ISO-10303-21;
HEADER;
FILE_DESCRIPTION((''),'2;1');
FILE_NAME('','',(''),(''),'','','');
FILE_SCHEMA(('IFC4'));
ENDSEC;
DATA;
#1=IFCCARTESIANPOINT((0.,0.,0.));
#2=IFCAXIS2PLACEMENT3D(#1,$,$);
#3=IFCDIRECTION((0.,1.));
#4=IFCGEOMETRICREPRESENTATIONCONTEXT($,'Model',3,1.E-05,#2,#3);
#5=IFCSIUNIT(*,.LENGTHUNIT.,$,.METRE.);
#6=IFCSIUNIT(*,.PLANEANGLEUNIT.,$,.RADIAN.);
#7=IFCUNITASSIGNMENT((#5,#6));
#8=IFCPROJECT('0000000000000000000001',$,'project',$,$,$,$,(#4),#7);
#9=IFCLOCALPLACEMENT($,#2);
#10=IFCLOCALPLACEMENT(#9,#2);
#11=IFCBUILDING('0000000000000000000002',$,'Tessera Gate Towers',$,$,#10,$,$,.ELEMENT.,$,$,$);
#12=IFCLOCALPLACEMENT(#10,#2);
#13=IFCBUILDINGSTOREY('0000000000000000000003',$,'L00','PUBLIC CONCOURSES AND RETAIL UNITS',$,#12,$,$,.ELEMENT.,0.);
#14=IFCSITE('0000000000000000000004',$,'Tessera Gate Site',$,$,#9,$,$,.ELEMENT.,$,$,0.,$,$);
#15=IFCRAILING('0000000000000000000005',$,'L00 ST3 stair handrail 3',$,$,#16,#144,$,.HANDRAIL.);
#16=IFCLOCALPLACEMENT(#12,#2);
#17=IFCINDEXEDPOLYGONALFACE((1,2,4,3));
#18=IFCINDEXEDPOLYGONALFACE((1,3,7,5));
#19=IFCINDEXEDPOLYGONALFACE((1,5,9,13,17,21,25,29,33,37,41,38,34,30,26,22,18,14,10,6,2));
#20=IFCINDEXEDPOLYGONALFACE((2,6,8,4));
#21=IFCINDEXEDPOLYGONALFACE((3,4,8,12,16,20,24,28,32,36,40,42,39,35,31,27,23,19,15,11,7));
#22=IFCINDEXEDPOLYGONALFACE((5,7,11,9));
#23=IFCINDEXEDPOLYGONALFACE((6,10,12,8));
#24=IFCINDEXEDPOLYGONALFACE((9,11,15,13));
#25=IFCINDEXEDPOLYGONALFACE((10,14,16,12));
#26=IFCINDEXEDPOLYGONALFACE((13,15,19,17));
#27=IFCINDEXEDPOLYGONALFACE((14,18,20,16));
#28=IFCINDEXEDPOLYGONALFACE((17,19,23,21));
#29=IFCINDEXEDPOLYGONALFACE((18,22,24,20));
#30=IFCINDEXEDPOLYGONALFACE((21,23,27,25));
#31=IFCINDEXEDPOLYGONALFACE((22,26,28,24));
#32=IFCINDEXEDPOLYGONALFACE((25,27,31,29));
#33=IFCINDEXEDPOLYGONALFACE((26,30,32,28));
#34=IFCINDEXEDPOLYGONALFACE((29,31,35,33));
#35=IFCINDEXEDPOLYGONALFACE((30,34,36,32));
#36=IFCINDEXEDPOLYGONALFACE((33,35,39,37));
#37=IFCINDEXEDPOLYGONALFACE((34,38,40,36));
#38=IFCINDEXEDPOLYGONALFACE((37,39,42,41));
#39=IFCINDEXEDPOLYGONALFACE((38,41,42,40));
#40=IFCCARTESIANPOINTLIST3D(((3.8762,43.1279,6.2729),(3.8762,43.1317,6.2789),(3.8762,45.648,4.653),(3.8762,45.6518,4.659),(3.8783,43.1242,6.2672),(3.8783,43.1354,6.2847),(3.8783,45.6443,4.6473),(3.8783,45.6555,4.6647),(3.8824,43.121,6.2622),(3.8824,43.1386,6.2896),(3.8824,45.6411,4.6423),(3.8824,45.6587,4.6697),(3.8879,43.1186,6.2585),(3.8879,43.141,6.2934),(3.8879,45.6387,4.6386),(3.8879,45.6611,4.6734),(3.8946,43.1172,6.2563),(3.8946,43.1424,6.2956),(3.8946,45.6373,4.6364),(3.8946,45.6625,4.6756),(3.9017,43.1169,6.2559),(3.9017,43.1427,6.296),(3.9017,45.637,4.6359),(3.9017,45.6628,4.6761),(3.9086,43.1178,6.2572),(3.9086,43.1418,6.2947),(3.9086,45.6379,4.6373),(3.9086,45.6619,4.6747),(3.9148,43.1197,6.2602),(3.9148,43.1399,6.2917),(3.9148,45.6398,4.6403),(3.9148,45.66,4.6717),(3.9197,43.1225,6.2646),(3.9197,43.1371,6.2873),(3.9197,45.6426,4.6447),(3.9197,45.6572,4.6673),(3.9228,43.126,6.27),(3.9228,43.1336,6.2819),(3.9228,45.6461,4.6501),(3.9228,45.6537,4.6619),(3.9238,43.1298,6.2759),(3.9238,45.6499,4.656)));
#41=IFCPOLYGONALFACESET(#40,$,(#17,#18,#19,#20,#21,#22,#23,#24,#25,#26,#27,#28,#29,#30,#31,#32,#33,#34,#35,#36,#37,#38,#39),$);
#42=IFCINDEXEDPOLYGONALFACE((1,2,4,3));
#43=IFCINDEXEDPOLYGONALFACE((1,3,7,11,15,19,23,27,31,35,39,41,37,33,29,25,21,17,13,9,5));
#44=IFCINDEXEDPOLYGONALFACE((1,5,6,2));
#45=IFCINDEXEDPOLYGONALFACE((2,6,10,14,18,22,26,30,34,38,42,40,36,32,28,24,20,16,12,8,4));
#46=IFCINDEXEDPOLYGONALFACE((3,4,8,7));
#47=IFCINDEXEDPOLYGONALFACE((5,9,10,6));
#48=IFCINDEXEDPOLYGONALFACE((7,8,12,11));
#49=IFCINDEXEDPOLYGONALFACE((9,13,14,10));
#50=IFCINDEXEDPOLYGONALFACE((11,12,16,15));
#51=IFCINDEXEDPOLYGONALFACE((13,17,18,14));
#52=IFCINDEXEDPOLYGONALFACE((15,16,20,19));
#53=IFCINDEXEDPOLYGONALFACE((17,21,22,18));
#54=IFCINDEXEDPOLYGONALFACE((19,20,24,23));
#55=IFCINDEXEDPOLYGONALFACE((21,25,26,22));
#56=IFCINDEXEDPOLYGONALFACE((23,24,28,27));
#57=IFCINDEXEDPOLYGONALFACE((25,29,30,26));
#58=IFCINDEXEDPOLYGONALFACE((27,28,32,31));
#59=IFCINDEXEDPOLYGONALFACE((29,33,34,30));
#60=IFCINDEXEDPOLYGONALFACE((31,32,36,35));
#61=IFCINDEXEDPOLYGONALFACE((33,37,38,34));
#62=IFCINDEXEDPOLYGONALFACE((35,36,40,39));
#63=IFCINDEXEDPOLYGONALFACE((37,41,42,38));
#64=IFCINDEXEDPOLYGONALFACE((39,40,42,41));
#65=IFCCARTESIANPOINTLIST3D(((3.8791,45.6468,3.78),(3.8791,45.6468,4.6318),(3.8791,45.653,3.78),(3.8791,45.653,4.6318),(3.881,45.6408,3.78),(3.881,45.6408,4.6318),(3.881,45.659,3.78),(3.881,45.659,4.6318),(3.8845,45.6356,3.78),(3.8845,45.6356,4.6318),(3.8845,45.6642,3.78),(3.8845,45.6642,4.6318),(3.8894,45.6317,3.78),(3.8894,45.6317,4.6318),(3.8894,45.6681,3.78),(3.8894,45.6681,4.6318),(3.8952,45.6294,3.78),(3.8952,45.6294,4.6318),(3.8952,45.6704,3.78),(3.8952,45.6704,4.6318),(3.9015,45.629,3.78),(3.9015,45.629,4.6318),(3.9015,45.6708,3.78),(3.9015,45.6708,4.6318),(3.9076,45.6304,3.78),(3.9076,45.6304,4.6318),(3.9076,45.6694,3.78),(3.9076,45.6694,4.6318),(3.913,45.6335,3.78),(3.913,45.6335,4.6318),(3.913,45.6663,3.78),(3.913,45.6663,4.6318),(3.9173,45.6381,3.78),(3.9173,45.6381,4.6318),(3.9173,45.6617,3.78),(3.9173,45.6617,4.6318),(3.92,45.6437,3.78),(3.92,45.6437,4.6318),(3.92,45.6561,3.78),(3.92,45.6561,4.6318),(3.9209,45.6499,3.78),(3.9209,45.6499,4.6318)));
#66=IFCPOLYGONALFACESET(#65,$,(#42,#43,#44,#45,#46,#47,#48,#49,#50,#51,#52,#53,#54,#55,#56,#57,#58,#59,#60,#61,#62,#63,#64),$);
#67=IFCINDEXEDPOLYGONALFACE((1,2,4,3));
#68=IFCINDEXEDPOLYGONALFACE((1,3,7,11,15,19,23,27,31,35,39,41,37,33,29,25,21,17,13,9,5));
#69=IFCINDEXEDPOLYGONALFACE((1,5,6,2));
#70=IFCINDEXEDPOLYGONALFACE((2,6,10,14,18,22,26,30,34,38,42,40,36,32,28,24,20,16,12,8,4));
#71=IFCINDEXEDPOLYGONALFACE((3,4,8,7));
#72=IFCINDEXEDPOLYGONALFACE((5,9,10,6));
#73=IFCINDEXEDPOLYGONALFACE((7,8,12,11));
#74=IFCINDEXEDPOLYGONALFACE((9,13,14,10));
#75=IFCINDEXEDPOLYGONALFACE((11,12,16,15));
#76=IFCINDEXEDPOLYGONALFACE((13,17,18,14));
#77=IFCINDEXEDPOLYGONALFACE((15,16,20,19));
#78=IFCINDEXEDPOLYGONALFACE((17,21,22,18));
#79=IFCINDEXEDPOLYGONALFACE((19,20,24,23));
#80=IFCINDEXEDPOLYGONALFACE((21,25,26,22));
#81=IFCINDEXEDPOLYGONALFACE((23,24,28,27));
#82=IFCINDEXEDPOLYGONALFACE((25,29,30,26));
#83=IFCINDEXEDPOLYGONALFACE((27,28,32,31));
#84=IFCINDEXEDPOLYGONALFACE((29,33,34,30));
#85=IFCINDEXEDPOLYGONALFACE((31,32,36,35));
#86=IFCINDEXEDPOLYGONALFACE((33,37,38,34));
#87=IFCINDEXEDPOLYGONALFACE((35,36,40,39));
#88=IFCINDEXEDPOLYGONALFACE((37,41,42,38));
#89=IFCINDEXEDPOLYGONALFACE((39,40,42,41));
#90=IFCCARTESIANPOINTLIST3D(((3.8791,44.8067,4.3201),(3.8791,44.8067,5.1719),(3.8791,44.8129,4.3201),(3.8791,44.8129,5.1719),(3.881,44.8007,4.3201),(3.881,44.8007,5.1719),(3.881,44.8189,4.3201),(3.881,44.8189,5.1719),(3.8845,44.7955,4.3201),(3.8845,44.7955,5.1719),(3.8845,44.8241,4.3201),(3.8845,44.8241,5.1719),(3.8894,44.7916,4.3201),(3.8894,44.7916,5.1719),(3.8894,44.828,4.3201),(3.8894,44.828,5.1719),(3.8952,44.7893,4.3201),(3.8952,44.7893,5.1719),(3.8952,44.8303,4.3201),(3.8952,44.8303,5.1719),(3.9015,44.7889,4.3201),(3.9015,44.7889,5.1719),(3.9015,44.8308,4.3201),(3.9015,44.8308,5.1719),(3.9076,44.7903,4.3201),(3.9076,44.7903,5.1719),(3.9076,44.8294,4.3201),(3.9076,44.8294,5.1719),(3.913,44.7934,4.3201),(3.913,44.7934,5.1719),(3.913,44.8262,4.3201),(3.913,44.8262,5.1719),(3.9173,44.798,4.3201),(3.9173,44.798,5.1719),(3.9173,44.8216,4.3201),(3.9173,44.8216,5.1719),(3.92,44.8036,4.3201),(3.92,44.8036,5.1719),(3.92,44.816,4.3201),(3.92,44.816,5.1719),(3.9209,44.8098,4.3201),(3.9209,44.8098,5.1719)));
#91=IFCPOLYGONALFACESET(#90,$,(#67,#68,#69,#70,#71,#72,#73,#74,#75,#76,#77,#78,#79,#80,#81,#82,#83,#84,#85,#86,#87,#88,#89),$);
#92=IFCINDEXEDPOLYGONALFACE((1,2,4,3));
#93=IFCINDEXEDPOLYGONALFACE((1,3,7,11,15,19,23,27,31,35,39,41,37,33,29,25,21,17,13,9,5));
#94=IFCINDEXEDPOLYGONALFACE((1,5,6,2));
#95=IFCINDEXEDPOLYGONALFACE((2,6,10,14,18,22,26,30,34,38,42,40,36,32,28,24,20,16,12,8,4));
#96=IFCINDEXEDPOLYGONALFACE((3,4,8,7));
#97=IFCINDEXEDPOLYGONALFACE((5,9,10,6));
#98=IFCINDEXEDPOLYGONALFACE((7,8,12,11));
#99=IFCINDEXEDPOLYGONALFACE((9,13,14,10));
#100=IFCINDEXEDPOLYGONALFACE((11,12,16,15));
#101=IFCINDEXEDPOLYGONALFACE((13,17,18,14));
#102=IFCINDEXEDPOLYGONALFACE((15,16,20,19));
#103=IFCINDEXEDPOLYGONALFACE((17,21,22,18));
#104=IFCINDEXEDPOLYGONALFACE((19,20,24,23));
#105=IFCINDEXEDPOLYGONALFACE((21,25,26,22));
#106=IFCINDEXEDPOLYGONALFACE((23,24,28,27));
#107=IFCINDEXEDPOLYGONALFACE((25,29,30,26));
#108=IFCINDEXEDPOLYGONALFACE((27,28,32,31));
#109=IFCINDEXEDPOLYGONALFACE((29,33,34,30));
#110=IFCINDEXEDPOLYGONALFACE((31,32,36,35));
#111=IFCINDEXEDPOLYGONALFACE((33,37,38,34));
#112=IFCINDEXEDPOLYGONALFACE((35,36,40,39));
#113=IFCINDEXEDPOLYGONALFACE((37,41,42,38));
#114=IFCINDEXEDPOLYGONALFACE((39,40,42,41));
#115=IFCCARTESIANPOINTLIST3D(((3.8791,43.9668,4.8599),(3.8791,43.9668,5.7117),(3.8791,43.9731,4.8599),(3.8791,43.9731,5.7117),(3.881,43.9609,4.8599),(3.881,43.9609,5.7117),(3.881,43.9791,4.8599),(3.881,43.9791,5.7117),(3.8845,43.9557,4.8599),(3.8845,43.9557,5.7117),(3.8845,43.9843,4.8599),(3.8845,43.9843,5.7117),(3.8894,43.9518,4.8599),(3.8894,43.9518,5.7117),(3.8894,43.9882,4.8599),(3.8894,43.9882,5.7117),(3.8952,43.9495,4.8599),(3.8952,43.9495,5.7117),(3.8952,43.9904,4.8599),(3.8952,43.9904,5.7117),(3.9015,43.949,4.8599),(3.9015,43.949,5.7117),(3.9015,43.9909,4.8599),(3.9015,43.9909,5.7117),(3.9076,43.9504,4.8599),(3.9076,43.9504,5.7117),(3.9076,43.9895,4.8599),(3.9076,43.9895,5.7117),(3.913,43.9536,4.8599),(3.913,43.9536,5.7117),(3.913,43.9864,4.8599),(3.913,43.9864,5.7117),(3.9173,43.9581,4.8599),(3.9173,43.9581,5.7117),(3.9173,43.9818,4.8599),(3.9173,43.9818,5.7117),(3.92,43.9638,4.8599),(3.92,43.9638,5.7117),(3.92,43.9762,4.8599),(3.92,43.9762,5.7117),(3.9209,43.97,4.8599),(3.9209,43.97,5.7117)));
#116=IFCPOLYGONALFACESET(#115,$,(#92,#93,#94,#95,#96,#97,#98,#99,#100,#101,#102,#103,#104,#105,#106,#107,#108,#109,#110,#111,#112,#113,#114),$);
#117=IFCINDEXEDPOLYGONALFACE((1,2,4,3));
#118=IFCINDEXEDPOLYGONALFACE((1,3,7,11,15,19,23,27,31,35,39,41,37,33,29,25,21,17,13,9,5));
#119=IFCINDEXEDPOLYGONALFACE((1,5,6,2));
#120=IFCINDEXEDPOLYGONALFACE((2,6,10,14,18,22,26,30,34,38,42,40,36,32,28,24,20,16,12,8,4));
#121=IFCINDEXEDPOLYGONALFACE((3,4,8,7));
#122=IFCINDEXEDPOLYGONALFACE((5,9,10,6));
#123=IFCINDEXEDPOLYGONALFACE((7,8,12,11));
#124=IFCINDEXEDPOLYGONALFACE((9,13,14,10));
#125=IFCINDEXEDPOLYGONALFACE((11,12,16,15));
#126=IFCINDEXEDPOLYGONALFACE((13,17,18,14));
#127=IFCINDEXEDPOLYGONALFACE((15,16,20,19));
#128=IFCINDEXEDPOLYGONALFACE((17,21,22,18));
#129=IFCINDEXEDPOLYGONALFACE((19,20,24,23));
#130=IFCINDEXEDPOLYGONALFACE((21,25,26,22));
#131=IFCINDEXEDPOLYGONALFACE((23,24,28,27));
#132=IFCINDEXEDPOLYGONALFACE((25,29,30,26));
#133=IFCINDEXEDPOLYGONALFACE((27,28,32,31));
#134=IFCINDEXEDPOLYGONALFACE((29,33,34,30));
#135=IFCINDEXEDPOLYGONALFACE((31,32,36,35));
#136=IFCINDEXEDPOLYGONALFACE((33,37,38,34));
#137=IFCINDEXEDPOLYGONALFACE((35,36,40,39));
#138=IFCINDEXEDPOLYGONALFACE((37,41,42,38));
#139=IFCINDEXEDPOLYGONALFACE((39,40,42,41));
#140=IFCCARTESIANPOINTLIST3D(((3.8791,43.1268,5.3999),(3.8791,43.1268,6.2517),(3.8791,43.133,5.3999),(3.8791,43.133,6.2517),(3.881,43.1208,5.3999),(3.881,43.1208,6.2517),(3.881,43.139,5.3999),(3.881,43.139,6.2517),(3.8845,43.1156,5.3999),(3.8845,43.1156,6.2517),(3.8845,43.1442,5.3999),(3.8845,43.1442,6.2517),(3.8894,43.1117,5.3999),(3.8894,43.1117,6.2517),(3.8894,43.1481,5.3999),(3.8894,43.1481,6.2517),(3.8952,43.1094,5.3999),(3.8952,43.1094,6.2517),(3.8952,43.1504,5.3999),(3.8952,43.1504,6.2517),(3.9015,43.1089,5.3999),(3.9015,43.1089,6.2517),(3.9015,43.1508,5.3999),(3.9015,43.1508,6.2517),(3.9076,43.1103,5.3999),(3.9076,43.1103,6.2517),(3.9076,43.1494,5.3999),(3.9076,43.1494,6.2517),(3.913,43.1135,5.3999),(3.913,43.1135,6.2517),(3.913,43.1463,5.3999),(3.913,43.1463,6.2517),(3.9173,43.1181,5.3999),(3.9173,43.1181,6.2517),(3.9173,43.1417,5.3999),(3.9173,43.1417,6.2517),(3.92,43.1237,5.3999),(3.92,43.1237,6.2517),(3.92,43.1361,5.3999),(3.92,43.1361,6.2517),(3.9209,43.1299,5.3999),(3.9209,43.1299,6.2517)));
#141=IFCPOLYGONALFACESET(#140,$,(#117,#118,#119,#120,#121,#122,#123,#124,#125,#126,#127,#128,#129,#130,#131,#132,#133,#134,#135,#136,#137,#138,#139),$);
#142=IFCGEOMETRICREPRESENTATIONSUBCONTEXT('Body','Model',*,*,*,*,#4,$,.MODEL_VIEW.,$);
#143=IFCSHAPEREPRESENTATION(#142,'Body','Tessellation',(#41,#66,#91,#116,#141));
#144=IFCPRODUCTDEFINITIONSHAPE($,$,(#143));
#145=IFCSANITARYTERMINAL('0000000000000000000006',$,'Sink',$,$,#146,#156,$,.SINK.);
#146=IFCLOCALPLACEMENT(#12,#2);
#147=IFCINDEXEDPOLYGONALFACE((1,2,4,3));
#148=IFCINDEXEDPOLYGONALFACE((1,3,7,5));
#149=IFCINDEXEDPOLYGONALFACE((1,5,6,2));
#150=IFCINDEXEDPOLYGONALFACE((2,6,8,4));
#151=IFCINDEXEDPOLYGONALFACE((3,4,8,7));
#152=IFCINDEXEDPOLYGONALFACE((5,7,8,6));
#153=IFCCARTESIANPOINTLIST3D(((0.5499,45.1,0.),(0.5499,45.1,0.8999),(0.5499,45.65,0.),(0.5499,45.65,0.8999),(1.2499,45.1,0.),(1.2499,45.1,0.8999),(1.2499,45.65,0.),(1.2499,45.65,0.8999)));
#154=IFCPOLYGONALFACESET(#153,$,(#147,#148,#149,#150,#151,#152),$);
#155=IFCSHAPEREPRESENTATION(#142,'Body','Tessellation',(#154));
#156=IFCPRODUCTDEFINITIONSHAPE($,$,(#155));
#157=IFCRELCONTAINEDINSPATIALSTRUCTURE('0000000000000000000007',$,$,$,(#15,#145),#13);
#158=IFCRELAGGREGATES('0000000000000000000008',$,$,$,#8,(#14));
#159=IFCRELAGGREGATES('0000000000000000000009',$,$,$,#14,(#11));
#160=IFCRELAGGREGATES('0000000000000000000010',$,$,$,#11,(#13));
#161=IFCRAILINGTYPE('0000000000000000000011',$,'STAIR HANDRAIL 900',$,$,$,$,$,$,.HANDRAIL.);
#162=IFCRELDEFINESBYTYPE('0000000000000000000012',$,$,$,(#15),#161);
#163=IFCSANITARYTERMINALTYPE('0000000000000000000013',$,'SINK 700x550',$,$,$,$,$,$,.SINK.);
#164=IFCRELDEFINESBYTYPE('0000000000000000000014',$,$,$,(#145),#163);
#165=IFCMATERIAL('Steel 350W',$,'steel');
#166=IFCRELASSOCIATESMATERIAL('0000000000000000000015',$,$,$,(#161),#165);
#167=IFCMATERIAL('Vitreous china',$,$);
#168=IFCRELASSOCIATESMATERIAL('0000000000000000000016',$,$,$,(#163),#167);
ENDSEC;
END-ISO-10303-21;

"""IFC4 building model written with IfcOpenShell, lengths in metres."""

from ifc_helpers import new_model, si_unit, direction, frame, origin, origin_2d, place, context, subcontext, project, spatial, rectangle, circle, extrude, material, type_object, element, save


model = new_model("IFC4")

# Units and contexts
model_context = context("Model", 3, precision=1e-05, world=origin(), true_north=direction((0.0, 1.0)))
body_context = subcontext(model_context, "Body", "Model", "MODEL_VIEW")
ifc_project = project(units=[si_unit("LENGTHUNIT", "METRE"), si_unit("PLANEANGLEUNIT", "RADIAN")], contexts=[model_context])

# Site, building, storey
site_placement = place(None, origin())
site = spatial("IfcSite", under=ifc_project, at=site_placement, Name="Tessera Gate Site", CompositionType="ELEMENT", RefElevation=0.0)
building_placement = place(site_placement, origin())
building = spatial("IfcBuilding", under=site, at=building_placement, Name="Tessera Gate Towers", CompositionType="ELEMENT")
storey_placement = place(building_placement, origin())
storey = spatial("IfcBuildingStorey", under=building, at=storey_placement, Name="L00", Description="PUBLIC CONCOURSES AND RETAIL UNITS", CompositionType="ELEMENT", Elevation=0.0)

# Railing
ifc_material_1 = material(Name="Steel 350W", Category="steel")
railing_type_1 = type_object("IfcRailingType", Name="STAIR HANDRAIL 900", PredefinedType="HANDRAIL", material=ifc_material_1)
railing_1_placement = place(storey_placement, frame((3.8999, 45.6499, 3.78)))
element("IfcRailing", 1, at=railing_1_placement, inside=storey, type_object=railing_type_1, Name="L00 ST3 stair handrail 3", PredefinedType="HANDRAIL", context=body_context, shape_type="SweptSolid", body=[
    extrude(circle(Radius=0.0239, at=origin_2d()), frame((0.0, 0.0, 0.876), z_axis=(0.0, -0.8412, 0.540725), x_axis=(1.0, 0.0, 0.0)), (0.0, 0.0, 1.0), 2.9958),
    extrude(circle(Radius=0.021, at=origin_2d()), origin(), (0.0, 0.0, 1.0), 0.8518),
    extrude(circle(Radius=0.021, at=origin_2d()), frame((0.0, -0.8401, 0.54)), (0.0, 0.0, 1.0), 0.8518),
    extrude(circle(Radius=0.021, at=origin_2d()), frame((0.0, -1.6799, 1.0798)), (0.0, 0.0, 1.0), 0.8518),
    extrude(circle(Radius=0.021, at=origin_2d()), frame((0.0, -2.52, 1.6199)), (0.0, 0.0, 1.0), 0.8518),
])

# Sanitary terminal
ifc_material_2 = material(Name="Vitreous china")
sanitary_terminal_type = type_object("IfcSanitaryTerminalType", Name="SINK 700x550", PredefinedType="SINK", material=ifc_material_2)
sanitary_terminal_placement = place(storey_placement, frame((0.8999, 45.375, 0.0), z_axis=(0.0, 0.0, 1.0), x_axis=(1.0, 0.0, 0.0)))
element("IfcSanitaryTerminal", 2, at=sanitary_terminal_placement, inside=storey, type_object=sanitary_terminal_type, Name="Sink", PredefinedType="SINK", context=body_context, shape_type="SweptSolid", body=[
    extrude(rectangle(XDim=0.7, YDim=0.55, at=origin_2d()), origin(), (0.0, 0.0, 1.0), 0.8999),
])

save(model, "model.ifc")
